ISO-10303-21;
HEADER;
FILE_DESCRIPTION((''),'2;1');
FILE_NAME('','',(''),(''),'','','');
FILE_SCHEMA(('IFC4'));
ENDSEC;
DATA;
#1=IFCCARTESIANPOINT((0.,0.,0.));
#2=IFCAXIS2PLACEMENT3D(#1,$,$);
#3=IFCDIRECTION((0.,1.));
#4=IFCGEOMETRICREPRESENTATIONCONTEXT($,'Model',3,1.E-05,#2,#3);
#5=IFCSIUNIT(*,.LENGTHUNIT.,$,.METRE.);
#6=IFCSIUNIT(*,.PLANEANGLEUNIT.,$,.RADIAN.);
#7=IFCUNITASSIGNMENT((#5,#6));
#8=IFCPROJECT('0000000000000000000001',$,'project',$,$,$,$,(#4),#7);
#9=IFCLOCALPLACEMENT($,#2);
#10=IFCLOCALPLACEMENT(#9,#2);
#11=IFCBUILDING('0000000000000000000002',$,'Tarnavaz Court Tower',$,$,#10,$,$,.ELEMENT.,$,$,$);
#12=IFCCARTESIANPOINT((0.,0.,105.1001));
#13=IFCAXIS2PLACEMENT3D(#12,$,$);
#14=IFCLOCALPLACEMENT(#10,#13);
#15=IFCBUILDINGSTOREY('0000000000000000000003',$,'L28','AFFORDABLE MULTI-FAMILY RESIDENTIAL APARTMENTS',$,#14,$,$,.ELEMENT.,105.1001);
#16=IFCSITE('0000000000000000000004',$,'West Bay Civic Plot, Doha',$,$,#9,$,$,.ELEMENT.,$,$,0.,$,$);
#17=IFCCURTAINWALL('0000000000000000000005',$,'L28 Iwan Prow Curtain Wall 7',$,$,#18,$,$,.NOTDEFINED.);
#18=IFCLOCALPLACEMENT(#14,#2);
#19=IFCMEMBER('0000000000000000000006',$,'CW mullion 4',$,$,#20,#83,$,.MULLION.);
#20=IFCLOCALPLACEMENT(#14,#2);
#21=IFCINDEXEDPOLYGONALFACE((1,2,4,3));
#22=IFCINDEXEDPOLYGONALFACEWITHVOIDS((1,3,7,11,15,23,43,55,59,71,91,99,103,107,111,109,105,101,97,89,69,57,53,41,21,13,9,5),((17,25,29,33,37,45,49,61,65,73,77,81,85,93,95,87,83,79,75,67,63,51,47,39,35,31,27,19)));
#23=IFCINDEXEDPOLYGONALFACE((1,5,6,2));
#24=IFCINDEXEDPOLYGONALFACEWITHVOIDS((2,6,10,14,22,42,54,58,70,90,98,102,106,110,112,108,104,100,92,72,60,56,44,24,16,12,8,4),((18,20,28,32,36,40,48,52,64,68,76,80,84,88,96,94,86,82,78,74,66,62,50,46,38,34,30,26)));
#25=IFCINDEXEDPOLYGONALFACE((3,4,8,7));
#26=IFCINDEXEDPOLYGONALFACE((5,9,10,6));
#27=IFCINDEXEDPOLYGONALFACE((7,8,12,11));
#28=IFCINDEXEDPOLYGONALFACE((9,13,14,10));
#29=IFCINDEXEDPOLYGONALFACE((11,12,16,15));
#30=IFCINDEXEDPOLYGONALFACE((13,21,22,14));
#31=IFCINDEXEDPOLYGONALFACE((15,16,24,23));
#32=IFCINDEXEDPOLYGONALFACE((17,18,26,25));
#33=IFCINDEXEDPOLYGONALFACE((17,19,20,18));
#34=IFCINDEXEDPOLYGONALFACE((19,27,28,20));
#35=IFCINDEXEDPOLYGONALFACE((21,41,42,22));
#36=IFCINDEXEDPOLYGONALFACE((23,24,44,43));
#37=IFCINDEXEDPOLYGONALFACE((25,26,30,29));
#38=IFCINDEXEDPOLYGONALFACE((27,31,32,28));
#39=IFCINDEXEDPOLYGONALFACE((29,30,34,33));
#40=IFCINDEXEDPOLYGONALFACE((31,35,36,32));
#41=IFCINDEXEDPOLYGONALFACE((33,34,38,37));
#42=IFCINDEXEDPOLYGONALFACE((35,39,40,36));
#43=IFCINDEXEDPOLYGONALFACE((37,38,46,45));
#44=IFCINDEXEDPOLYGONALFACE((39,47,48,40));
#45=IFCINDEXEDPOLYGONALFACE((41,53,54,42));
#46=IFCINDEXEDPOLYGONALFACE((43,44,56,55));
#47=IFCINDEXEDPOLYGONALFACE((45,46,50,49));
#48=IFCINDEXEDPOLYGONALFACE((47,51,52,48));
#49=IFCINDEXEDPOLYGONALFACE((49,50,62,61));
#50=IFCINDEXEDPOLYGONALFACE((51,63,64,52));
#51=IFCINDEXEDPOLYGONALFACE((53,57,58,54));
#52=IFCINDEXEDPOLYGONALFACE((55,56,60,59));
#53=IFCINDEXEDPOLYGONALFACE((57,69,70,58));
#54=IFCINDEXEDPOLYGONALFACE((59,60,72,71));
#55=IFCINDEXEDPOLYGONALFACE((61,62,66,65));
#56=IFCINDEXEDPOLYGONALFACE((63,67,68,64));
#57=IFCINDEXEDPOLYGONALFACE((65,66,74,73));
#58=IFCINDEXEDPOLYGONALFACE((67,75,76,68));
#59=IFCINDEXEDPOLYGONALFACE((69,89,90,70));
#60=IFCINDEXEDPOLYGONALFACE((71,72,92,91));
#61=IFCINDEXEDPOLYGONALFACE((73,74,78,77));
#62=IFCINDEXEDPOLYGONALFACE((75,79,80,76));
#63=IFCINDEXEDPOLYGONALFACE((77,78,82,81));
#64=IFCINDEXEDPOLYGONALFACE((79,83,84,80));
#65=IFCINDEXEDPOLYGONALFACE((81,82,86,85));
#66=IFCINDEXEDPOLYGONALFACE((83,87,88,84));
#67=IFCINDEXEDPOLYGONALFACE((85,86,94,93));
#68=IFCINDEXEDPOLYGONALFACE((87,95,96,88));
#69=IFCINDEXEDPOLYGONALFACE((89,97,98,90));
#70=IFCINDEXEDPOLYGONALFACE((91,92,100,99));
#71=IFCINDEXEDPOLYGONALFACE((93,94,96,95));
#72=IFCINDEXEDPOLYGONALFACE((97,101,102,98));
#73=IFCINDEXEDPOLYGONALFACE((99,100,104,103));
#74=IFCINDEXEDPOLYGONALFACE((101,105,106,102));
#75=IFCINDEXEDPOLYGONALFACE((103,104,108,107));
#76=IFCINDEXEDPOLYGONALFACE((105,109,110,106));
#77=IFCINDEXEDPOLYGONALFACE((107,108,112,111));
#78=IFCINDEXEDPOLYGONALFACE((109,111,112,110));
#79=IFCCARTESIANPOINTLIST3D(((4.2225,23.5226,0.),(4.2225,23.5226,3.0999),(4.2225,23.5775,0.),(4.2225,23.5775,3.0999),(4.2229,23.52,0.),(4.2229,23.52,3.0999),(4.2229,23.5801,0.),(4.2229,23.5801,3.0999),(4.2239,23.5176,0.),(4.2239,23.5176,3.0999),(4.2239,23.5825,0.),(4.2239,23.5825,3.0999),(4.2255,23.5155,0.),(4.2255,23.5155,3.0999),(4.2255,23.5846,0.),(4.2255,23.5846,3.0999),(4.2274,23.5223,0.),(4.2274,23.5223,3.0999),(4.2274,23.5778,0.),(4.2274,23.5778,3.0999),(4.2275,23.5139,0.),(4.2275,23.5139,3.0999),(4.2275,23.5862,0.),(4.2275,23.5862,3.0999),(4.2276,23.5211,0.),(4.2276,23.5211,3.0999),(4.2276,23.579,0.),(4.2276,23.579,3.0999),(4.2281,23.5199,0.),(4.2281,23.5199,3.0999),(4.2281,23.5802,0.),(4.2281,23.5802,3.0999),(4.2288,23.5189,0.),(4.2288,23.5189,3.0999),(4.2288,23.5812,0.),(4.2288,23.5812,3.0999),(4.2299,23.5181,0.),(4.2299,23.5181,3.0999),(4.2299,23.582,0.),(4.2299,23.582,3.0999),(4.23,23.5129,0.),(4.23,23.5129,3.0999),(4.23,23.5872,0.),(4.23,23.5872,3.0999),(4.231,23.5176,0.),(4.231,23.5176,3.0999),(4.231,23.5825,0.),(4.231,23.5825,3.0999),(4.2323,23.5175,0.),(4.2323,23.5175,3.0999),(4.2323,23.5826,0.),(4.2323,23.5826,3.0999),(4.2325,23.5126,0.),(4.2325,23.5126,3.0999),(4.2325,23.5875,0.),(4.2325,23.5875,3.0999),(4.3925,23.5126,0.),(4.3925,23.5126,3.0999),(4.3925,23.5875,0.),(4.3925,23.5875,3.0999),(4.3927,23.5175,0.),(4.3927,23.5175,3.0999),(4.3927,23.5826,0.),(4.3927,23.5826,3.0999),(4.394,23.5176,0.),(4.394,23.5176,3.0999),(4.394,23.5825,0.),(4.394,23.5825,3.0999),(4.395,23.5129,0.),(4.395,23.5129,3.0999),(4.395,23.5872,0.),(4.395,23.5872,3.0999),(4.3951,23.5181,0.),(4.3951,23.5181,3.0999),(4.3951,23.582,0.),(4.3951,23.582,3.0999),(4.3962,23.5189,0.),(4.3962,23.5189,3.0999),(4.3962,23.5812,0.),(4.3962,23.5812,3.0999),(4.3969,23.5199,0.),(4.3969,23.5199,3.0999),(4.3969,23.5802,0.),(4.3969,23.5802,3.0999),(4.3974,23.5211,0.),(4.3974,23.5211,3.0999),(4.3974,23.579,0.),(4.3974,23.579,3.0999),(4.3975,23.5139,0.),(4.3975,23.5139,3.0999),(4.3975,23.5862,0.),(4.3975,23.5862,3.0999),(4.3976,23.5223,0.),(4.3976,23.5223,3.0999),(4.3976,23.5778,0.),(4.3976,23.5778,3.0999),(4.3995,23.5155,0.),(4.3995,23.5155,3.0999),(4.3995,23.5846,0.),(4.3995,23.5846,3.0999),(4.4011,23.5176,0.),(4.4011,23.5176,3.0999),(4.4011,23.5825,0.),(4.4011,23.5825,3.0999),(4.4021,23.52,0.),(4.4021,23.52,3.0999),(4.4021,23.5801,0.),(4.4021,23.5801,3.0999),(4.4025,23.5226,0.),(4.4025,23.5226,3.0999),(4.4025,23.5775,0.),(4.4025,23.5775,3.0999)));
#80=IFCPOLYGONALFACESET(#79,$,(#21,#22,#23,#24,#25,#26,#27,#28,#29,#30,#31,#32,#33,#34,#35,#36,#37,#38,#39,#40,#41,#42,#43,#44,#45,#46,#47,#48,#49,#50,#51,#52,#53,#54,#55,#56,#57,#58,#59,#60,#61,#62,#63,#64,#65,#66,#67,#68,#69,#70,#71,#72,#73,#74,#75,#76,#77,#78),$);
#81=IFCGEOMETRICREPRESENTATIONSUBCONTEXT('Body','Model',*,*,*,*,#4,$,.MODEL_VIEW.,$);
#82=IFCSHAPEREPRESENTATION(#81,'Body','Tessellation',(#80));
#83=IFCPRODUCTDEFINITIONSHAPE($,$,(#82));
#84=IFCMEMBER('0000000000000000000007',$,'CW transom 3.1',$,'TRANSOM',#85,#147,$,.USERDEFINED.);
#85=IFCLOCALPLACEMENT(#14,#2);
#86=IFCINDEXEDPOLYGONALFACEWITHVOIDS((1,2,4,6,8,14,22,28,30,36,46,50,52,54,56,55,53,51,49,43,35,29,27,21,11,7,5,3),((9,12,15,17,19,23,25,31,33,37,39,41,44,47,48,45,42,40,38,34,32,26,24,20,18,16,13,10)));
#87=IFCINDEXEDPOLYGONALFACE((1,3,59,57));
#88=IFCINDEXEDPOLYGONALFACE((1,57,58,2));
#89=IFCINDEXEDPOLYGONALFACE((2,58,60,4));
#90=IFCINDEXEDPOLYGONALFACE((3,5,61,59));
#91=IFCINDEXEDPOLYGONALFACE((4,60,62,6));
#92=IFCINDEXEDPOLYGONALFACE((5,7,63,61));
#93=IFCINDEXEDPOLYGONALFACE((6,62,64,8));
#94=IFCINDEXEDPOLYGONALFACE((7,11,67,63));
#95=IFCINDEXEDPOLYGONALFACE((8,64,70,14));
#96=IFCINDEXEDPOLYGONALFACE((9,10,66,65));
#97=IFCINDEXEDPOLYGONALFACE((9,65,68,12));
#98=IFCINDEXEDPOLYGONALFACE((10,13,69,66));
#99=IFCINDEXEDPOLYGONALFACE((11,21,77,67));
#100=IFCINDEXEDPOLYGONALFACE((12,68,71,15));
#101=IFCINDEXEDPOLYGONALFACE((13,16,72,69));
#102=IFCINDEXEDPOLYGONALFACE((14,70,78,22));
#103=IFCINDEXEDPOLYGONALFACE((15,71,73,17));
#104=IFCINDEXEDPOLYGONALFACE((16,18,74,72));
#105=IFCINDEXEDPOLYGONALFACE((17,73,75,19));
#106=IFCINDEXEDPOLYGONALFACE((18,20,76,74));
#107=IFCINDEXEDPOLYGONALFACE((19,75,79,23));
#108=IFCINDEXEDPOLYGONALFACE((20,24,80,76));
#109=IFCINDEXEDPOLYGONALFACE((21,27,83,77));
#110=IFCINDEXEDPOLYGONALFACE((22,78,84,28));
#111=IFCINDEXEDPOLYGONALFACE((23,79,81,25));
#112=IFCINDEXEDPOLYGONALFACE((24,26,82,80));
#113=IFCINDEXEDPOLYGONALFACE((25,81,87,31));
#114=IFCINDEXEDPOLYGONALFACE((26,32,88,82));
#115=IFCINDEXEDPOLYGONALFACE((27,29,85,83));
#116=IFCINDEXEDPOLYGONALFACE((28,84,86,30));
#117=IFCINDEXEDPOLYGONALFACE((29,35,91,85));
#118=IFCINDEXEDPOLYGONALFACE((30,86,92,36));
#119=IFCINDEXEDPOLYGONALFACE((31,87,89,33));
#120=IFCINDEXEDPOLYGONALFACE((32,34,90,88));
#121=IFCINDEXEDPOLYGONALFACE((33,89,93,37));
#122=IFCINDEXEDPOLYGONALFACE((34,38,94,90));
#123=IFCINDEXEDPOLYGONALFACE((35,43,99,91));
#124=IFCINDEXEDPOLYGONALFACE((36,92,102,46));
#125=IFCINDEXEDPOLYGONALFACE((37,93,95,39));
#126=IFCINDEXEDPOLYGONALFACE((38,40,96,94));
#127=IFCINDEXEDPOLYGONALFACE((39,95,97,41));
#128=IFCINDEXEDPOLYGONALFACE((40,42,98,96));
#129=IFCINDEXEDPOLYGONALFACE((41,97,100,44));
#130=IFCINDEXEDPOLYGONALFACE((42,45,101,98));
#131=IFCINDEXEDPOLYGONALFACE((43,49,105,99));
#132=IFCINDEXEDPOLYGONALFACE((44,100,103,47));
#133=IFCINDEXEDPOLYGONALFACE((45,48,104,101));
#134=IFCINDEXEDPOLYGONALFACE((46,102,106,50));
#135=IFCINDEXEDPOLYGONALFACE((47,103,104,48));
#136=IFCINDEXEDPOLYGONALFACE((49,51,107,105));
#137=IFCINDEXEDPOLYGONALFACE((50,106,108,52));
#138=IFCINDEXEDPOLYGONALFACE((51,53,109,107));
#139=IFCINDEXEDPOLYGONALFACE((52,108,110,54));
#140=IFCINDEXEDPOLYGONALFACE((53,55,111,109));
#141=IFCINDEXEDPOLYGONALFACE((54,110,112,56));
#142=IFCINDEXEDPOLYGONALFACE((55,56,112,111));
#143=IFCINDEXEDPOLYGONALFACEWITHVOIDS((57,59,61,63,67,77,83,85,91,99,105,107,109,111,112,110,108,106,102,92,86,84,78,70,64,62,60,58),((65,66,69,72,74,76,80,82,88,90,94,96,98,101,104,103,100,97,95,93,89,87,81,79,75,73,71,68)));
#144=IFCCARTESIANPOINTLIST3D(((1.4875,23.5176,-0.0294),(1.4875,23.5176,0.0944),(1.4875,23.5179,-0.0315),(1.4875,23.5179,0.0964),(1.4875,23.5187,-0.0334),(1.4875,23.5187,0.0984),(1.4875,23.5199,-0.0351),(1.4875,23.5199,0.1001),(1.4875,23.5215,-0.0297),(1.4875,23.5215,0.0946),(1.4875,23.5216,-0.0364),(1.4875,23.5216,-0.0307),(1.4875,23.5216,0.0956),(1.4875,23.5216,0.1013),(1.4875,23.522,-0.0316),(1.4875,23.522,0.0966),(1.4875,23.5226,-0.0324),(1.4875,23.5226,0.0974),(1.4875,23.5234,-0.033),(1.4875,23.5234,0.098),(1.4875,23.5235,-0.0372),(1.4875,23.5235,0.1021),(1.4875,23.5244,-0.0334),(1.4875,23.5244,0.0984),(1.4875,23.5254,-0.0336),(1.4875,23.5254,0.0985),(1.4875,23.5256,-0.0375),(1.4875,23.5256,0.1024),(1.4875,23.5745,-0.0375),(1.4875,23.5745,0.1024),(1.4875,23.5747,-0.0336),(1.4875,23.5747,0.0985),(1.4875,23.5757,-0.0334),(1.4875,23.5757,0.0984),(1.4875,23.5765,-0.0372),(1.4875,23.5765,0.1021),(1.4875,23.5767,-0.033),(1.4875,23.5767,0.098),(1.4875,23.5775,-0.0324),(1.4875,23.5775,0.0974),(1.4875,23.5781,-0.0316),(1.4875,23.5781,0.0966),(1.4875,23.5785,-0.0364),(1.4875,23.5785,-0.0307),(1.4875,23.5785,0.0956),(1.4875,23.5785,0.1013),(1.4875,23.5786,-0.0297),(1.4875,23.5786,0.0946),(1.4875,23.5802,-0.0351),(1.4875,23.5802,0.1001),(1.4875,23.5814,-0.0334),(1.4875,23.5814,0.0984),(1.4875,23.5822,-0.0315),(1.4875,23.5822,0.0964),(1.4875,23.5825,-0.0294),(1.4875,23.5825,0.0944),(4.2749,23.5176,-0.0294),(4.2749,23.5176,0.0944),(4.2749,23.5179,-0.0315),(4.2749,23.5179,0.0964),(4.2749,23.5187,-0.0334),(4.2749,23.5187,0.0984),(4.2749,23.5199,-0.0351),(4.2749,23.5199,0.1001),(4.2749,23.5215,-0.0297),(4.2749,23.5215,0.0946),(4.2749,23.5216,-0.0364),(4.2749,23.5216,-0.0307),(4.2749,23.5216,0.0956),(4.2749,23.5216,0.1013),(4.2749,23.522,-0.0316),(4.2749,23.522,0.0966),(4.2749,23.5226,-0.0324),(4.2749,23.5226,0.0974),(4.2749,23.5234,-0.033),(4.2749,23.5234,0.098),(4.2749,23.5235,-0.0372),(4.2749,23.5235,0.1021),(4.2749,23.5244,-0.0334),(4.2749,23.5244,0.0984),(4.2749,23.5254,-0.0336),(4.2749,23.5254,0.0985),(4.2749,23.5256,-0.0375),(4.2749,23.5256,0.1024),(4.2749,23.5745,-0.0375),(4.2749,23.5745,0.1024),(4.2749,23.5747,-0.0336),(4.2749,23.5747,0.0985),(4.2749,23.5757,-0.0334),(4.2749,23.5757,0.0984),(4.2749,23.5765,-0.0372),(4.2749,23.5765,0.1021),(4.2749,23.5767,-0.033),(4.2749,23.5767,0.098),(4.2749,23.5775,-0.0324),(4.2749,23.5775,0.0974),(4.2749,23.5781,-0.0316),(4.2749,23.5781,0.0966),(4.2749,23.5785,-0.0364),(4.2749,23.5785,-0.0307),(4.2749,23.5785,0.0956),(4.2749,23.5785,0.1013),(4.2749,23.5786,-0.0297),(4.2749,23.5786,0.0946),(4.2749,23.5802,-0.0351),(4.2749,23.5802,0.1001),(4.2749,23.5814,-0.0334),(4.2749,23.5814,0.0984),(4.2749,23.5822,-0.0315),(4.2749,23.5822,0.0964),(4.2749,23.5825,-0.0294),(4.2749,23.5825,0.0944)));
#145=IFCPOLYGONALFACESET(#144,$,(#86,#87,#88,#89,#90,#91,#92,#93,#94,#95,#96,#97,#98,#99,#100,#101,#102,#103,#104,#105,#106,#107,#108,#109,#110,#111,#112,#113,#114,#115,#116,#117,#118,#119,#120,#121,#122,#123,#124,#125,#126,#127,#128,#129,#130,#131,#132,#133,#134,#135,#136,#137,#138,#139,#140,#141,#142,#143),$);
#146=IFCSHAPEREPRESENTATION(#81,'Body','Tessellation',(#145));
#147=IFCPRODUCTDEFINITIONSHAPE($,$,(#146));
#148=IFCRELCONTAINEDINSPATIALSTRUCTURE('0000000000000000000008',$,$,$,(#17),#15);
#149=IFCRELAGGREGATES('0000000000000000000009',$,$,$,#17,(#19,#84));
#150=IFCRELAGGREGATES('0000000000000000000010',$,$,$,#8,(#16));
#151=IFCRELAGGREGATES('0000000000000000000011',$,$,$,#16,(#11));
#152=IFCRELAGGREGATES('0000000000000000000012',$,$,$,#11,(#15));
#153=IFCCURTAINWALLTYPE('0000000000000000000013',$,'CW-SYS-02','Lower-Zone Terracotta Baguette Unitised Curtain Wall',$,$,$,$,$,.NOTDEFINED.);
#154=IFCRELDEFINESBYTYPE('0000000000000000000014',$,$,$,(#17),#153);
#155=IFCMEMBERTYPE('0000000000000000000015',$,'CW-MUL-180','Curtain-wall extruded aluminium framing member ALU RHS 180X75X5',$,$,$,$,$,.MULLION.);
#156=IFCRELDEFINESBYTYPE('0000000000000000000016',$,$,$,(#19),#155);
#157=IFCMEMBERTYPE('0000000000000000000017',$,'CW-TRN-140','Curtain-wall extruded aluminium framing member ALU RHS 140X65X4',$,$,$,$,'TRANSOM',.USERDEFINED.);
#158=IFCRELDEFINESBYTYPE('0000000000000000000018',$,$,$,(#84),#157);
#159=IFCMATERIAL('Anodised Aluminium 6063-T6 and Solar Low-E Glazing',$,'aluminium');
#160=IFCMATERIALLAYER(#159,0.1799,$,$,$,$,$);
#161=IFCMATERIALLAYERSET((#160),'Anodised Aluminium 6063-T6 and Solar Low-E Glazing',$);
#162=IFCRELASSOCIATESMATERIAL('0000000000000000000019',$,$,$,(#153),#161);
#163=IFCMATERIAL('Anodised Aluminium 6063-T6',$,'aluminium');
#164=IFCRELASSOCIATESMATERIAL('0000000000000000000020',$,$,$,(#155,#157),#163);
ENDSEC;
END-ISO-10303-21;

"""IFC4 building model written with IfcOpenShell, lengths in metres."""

from ifc_helpers import new_model, si_unit, direction, frame, origin, origin_2d, place, context, subcontext, project, spatial, hollow_rectangle, extrude, material, layer, layer_set, material_profile, profile_set, type_object, element, aggregate, save


model = new_model("IFC4")

# Units and contexts
model_context = context("Model", 3, precision=1e-05, world=origin(), true_north=direction((0.0, 1.0)))
body_context = subcontext(model_context, "Body", "Model", "MODEL_VIEW")
ifc_project = project(units=[si_unit("LENGTHUNIT", "METRE"), si_unit("PLANEANGLEUNIT", "RADIAN")], contexts=[model_context])

# Site, building, storey
site_placement = place(None, origin())
site = spatial("IfcSite", under=ifc_project, at=site_placement, Name="West Bay Civic Plot, Doha", CompositionType="ELEMENT", RefElevation=0.0)
building_placement = place(site_placement, origin())
building = spatial("IfcBuilding", under=site, at=building_placement, Name="Tarnavaz Court Tower", CompositionType="ELEMENT")
storey_placement = place(building_placement, frame((0.0, 0.0, 105.1001)))
storey = spatial("IfcBuildingStorey", under=building, at=storey_placement, Name="L28", Description="AFFORDABLE MULTI-FAMILY RESIDENTIAL APARTMENTS", CompositionType="ELEMENT", Elevation=105.1001)

# Curtain wall, members
ifc_material_1 = material(Name="Anodised Aluminium 6063-T6 and Solar Low-E Glazing", Category="aluminium")
ifc_layer_1 = layer(ifc_material_1, 0.1799)
ifc_layer_set_1 = layer_set([ifc_layer_1], Name="Anodised Aluminium 6063-T6 and Solar Low-E Glazing")
curtain_wall_type = type_object("IfcCurtainWallType", Name="CW-SYS-02", Description="Lower-Zone Terracotta Baguette Unitised Curtain Wall", PredefinedType="NOTDEFINED", material=ifc_layer_set_1)
curtain_wall_placement = place(storey_placement, origin())
curtain_wall = element("IfcCurtainWall", 1, at=curtain_wall_placement, inside=storey, type_object=curtain_wall_type, Name="L28 Iwan Prow Curtain Wall 7", PredefinedType="NOTDEFINED")
ifc_material_2 = material(Name="Anodised Aluminium 6063-T6", Category="aluminium")
ifc_material_profile_1 = material_profile(ifc_material_2, hollow_rectangle(XDim=0.075, YDim=0.1799, WallThickness=0.0049, InnerFilletRadius=0.0049, OuterFilletRadius=0.01, at=origin_2d()), Name="ALU RHS 180X75X5")
ifc_profile_set_1 = profile_set([ifc_material_profile_1], Name="Anodised Aluminium 6063-T6")
member_type_1 = type_object("IfcMemberType", Name="CW-MUL-180", Description="Curtain-wall extruded aluminium framing member ALU RHS 180X75X5", PredefinedType="MULLION", material=ifc_profile_set_1)
member_1_placement = place(storey_placement, frame((4.3125, 23.55, 0.0), z_axis=(0.0, 0.0, 1.0), x_axis=(0.0, 1.0, 0.0)))
member_1 = element("IfcMember", 2, at=member_1_placement, type_object=member_type_1, Name="CW mullion 4", PredefinedType="MULLION", context=body_context, shape_type="SweptSolid", body=[
    extrude(hollow_rectangle(XDim=0.075, YDim=0.1799, WallThickness=0.0049, InnerFilletRadius=0.0049, OuterFilletRadius=0.01, at=origin_2d()), origin(), (0.0, 0.0, 1.0), 3.0999),
])
ifc_material_profile_2 = material_profile(ifc_material_2, hollow_rectangle(XDim=0.0649, YDim=0.1399, WallThickness=0.0039, InnerFilletRadius=0.0039, OuterFilletRadius=0.0081, at=origin_2d()), Name="ALU RHS 140X65X4")
ifc_profile_set_2 = profile_set([ifc_material_profile_2], Name="Anodised Aluminium 6063-T6")
member_type_2 = type_object("IfcMemberType", Name="CW-TRN-140", Description="Curtain-wall extruded aluminium framing member ALU RHS 140X65X4", ElementType="TRANSOM", PredefinedType="USERDEFINED", material=ifc_profile_set_2)
member_2_placement = place(storey_placement, frame((1.4875, 23.55, 0.0325), z_axis=(1.0, 0.0, 0.0), x_axis=(0.0, 1.0, 0.0)))
member_2 = element("IfcMember", 3, at=member_2_placement, type_object=member_type_2, Name="CW transom 3.1", ObjectType="TRANSOM", PredefinedType="USERDEFINED", context=body_context, shape_type="SweptSolid", body=[
    extrude(hollow_rectangle(XDim=0.0649, YDim=0.1399, WallThickness=0.0039, InnerFilletRadius=0.0039, OuterFilletRadius=0.0081, at=origin_2d()), origin(), (0.0, 0.0, 1.0), 2.7874),
])
aggregate(curtain_wall, [member_1, member_2])

save(model, "model.ifc")
